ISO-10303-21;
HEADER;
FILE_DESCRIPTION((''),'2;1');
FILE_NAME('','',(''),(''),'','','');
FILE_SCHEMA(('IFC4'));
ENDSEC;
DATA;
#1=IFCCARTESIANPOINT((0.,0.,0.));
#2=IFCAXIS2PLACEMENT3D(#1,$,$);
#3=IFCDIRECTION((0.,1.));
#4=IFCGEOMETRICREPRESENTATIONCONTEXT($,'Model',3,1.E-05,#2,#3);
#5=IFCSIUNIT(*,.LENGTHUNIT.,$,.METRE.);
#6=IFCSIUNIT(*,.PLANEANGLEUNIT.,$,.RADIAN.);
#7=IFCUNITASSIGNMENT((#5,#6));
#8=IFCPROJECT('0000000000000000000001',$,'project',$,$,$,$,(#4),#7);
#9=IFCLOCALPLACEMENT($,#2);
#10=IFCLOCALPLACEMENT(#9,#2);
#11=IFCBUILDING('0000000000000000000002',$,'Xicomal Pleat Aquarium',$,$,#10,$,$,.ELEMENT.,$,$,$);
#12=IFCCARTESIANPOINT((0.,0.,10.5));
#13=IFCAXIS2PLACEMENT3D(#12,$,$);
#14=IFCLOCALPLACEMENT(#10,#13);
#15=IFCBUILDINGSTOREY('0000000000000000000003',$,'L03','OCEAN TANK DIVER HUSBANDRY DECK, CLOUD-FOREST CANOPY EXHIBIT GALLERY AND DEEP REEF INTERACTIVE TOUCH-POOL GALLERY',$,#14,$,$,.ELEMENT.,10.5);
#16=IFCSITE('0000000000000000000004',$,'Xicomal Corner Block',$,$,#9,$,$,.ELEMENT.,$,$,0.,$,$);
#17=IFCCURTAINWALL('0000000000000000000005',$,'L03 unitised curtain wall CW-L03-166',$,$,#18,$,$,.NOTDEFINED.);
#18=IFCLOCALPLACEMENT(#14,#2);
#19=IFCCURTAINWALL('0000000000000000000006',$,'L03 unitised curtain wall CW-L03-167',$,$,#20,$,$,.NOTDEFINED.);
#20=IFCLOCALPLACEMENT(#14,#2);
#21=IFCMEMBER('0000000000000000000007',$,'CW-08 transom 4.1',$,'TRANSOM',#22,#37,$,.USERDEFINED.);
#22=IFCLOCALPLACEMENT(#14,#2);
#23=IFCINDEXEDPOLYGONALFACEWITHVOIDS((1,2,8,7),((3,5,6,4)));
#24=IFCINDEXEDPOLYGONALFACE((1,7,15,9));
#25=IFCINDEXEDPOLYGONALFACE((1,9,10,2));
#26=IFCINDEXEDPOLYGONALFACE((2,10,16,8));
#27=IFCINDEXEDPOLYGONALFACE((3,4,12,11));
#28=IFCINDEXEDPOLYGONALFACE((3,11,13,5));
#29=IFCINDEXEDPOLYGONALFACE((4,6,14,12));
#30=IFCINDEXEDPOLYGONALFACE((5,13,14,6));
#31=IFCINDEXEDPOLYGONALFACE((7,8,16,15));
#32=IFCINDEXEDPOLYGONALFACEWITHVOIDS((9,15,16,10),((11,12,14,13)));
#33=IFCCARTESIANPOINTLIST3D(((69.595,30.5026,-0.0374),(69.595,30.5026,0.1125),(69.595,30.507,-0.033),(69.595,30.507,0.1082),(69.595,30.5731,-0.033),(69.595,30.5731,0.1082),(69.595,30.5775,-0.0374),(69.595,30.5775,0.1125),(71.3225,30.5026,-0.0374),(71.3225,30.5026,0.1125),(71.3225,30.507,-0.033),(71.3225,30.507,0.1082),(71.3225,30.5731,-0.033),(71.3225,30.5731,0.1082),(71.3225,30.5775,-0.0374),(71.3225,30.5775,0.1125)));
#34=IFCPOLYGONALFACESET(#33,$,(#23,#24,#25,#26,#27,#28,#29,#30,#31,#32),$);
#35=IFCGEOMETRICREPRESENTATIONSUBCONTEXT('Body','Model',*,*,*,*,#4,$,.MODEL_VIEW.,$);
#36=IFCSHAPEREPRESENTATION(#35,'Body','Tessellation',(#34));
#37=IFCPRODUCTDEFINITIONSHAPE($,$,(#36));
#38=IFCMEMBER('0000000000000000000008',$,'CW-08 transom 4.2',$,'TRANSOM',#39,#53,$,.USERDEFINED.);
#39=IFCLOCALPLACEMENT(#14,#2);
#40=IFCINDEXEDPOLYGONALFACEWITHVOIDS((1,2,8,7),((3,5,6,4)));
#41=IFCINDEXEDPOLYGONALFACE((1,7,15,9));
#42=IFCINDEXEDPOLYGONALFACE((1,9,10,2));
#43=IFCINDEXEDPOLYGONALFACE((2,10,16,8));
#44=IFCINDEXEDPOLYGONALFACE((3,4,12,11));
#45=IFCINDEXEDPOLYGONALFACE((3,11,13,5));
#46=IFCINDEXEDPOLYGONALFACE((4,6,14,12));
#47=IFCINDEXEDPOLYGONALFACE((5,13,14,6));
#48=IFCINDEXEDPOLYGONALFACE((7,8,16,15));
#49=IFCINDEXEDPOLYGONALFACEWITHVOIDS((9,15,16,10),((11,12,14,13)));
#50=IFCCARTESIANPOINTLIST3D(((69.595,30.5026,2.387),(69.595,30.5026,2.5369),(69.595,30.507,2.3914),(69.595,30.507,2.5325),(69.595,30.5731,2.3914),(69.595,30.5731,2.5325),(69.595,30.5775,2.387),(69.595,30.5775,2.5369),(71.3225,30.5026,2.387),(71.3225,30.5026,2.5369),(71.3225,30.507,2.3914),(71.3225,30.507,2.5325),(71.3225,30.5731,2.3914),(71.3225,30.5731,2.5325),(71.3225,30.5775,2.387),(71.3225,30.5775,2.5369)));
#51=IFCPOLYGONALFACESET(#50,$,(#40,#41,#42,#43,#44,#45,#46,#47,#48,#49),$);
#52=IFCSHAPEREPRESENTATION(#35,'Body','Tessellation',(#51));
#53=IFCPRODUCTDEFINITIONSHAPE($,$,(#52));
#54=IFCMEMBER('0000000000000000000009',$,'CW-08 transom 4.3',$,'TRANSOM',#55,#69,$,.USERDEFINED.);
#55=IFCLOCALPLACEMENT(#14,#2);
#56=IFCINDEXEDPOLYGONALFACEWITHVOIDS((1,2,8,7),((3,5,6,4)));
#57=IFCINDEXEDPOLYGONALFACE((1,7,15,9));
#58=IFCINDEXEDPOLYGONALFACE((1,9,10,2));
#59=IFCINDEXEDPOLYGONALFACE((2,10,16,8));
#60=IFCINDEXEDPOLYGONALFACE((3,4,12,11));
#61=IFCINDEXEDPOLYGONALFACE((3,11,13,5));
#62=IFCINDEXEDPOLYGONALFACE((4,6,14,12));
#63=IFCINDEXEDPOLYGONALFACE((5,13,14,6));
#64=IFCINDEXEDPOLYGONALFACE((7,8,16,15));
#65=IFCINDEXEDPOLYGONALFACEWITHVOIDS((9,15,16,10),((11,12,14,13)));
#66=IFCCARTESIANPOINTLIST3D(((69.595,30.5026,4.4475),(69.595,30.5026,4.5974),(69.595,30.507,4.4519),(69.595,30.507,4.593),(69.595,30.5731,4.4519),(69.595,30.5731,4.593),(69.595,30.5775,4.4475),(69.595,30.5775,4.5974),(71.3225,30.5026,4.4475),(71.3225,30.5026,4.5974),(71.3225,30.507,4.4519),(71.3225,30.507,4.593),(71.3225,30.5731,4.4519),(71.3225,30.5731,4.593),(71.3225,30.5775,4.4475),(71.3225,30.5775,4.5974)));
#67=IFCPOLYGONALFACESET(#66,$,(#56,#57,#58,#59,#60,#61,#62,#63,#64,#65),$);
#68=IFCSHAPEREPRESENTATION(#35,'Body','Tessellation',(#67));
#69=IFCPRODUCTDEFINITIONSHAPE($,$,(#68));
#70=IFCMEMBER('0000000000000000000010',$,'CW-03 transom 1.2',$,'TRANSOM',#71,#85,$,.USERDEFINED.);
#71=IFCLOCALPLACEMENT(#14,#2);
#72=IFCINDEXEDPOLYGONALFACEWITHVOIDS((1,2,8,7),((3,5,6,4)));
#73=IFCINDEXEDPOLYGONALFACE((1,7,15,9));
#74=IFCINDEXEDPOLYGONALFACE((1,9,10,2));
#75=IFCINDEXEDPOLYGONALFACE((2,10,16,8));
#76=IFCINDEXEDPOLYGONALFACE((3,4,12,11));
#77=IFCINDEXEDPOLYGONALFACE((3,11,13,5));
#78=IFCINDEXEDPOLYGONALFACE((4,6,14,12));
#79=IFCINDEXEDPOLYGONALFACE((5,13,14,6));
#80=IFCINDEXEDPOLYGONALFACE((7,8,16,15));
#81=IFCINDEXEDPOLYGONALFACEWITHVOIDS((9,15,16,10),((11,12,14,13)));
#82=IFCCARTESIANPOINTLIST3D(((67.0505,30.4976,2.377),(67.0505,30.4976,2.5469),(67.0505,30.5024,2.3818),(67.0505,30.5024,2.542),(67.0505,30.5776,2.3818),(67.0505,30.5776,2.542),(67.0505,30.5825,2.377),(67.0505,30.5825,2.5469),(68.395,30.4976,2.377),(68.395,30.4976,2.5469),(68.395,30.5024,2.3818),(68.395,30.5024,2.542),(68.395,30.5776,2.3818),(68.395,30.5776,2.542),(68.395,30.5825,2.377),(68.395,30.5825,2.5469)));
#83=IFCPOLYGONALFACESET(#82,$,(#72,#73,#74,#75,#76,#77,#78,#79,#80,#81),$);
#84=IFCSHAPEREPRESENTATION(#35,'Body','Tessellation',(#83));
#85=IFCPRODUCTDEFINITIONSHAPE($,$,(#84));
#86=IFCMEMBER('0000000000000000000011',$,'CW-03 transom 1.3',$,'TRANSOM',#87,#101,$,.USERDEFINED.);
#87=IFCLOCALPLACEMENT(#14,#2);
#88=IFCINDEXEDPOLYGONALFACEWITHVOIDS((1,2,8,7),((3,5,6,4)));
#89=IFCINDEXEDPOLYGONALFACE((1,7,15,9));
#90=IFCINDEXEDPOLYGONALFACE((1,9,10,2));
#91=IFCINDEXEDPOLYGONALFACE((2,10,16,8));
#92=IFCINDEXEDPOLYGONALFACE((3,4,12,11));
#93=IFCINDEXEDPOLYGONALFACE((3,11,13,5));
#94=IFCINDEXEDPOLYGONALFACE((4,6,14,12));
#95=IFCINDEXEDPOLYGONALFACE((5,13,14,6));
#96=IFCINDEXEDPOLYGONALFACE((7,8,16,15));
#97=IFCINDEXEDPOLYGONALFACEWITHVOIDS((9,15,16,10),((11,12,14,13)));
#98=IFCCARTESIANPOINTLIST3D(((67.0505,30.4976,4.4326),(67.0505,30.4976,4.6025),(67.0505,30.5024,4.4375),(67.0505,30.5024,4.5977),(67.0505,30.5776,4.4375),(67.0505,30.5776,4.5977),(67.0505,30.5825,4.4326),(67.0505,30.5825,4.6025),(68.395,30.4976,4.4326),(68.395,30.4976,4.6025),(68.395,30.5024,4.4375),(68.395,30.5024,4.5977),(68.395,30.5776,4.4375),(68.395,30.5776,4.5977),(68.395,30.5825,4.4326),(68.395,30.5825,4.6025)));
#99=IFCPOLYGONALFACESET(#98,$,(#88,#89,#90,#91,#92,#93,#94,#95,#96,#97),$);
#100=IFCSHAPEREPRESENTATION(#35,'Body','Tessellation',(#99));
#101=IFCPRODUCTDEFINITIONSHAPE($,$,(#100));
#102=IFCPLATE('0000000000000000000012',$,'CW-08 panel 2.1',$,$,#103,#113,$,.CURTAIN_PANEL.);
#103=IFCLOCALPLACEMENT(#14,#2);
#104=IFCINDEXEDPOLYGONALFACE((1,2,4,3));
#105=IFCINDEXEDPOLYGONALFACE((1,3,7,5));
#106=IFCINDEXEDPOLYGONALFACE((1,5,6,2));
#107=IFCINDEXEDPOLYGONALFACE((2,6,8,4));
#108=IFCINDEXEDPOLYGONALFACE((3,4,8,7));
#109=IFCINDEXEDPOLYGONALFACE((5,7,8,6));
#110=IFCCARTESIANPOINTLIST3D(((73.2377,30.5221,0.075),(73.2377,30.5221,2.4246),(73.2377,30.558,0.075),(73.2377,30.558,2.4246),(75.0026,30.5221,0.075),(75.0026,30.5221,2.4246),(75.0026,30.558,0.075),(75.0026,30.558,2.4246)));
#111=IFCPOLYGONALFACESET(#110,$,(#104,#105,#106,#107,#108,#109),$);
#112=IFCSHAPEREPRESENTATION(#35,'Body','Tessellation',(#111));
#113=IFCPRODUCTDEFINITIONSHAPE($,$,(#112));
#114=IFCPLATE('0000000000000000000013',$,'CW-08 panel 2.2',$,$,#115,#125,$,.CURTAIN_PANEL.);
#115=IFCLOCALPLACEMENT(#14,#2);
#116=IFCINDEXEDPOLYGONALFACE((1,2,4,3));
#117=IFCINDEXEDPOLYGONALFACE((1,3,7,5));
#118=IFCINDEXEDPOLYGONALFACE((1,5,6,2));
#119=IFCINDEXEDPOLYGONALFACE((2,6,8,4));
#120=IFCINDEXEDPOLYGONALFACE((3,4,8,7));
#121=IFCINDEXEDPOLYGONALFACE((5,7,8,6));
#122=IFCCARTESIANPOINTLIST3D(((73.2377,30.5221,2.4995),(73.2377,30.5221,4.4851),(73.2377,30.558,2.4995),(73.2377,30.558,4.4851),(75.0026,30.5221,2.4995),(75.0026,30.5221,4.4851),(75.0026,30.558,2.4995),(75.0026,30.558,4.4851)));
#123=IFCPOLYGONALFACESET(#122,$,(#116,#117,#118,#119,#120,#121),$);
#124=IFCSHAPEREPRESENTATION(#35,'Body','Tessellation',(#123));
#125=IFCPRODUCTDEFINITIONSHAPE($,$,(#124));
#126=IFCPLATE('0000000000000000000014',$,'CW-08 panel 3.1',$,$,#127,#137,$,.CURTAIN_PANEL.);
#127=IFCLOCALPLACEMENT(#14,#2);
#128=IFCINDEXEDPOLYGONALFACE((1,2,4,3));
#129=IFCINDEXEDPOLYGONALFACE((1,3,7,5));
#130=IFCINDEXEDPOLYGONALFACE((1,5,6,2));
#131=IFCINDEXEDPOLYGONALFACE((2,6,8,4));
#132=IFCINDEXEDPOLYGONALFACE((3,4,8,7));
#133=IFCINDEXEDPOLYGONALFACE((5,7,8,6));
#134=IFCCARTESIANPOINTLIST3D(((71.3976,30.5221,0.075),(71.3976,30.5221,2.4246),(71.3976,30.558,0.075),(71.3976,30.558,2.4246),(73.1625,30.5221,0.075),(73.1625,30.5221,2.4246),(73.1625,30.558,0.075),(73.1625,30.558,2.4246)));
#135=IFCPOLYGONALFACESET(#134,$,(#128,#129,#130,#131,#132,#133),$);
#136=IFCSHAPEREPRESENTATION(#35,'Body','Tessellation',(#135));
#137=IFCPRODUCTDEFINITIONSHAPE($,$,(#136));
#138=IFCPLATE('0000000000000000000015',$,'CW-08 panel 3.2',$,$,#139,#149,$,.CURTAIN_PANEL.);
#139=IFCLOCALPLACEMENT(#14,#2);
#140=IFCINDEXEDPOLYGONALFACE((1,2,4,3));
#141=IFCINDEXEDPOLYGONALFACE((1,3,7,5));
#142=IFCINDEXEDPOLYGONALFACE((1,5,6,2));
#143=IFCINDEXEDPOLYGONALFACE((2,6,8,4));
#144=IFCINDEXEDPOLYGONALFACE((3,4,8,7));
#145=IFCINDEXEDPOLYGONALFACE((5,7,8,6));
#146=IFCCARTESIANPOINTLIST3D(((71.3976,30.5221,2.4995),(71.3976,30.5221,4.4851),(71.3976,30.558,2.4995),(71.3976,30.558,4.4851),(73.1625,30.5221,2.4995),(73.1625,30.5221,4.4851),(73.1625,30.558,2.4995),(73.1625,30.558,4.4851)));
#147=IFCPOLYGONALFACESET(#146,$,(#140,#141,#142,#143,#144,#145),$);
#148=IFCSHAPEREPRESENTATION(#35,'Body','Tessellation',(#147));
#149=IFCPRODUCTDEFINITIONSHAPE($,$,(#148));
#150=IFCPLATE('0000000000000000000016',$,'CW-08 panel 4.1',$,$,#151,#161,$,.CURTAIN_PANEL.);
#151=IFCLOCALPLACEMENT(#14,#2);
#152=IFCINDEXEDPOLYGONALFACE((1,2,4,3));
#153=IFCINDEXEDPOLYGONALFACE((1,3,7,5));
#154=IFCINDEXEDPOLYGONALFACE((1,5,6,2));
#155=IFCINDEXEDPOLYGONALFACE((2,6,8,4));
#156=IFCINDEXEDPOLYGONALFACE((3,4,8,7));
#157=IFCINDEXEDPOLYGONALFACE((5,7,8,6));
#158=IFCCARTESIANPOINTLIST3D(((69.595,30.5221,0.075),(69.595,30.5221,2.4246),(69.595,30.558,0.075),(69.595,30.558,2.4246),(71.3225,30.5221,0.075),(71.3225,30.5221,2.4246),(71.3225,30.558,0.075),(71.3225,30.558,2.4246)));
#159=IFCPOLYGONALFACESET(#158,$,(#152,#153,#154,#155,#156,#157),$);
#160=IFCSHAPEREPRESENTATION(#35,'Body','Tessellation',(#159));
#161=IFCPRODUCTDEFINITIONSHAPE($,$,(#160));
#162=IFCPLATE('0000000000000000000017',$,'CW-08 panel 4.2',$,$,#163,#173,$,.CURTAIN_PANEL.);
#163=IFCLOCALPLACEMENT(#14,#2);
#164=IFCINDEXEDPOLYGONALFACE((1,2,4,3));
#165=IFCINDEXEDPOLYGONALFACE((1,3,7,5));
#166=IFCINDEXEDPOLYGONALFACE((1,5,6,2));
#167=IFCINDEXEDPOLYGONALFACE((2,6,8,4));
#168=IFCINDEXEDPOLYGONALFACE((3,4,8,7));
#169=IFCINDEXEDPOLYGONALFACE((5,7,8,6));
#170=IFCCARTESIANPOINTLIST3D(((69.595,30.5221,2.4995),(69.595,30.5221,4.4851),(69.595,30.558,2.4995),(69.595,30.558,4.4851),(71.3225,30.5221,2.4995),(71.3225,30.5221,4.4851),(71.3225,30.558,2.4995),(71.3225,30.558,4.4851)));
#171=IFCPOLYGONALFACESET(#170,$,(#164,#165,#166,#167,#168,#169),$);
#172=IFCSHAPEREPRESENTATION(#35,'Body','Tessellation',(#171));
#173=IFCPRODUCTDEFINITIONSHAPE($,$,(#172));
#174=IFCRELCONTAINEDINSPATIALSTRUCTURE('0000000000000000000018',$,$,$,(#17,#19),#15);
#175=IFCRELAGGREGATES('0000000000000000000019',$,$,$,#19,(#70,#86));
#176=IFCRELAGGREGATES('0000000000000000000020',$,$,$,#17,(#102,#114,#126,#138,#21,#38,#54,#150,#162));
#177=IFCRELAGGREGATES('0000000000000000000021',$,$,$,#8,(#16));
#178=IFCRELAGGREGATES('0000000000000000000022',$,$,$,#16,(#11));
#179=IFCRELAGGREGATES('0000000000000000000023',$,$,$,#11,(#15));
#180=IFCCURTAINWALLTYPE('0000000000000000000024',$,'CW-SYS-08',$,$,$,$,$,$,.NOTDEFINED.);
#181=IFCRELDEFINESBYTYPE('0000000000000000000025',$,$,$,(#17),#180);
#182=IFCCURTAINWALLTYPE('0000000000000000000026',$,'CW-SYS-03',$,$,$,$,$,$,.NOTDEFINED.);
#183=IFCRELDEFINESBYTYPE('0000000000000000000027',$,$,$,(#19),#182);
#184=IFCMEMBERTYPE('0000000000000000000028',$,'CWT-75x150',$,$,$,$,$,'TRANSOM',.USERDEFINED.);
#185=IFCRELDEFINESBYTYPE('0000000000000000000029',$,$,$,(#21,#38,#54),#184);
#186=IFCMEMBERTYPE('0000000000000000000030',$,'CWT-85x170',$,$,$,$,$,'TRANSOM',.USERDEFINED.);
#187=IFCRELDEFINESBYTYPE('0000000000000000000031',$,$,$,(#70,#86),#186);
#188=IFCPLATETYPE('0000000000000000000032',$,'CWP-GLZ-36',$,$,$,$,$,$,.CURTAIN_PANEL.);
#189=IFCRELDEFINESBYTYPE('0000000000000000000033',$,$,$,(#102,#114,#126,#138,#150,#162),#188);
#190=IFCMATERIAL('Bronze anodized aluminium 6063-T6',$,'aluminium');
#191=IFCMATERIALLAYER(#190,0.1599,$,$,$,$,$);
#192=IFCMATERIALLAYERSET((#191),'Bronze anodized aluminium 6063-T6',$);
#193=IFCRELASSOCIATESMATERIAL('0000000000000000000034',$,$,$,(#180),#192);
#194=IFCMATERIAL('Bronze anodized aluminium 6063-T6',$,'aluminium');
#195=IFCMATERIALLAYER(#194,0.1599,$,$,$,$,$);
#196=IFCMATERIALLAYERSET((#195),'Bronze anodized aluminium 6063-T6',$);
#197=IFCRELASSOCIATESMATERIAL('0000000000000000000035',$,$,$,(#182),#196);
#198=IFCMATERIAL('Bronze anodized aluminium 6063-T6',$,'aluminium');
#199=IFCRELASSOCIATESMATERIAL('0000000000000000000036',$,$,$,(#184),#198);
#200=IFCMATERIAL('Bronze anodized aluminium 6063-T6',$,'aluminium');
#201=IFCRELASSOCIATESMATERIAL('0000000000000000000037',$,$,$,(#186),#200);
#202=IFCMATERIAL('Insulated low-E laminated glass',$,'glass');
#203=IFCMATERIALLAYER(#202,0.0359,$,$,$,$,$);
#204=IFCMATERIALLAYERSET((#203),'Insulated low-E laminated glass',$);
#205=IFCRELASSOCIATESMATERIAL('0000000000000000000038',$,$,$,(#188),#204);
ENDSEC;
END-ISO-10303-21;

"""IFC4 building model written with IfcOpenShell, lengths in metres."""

from ifc_helpers import new_model, si_unit, direction, frame, origin, origin_2d, place, context, subcontext, project, spatial, rectangle, hollow_rectangle, extrude, material, layer, layer_set, material_profile, profile_set, type_object, element, aggregate, save


model = new_model("IFC4")

# Units and contexts
model_context = context("Model", 3, precision=1e-05, world=origin(), true_north=direction((0.0, 1.0)))
body_context = subcontext(model_context, "Body", "Model", "MODEL_VIEW")
ifc_project = project(units=[si_unit("LENGTHUNIT", "METRE"), si_unit("PLANEANGLEUNIT", "RADIAN")], contexts=[model_context])

# Site, building, storey
site_placement = place(None, origin())
site = spatial("IfcSite", under=ifc_project, at=site_placement, Name="Xicomal Corner Block", CompositionType="ELEMENT", RefElevation=0.0)
building_placement = place(site_placement, origin())
building = spatial("IfcBuilding", under=site, at=building_placement, Name="Xicomal Pleat Aquarium", CompositionType="ELEMENT")
storey_placement = place(building_placement, frame((0.0, 0.0, 10.5)))
storey = spatial("IfcBuildingStorey", under=building, at=storey_placement, Name="L03", Description="OCEAN TANK DIVER HUSBANDRY DECK, CLOUD-FOREST CANOPY EXHIBIT GALLERY AND DEEP REEF INTERACTIVE TOUCH-POOL GALLERY", CompositionType="ELEMENT", Elevation=10.5)

# Curtain wall
ifc_material_1 = material(Name="Bronze anodized aluminium 6063-T6", Category="aluminium")
ifc_layer_1 = layer(ifc_material_1, 0.1599)
ifc_layer_set_1 = layer_set([ifc_layer_1], Name="Bronze anodized aluminium 6063-T6")
curtain_wall_type_1 = type_object("IfcCurtainWallType", Name="CW-SYS-08", PredefinedType="NOTDEFINED", material=ifc_layer_set_1)
curtain_wall_1_placement = place(storey_placement, origin())
curtain_wall_1 = element("IfcCurtainWall", 1, at=curtain_wall_1_placement, inside=storey, type_object=curtain_wall_type_1, Name="L03 unitised curtain wall CW-L03-166", PredefinedType="NOTDEFINED")

# Curtain wall
ifc_material_2 = material(Name="Bronze anodized aluminium 6063-T6", Category="aluminium")
ifc_layer_2 = layer(ifc_material_2, 0.1599)
ifc_layer_set_2 = layer_set([ifc_layer_2], Name="Bronze anodized aluminium 6063-T6")
curtain_wall_type_2 = type_object("IfcCurtainWallType", Name="CW-SYS-03", PredefinedType="NOTDEFINED", material=ifc_layer_set_2)
curtain_wall_2_placement = place(storey_placement, origin())
curtain_wall_2 = element("IfcCurtainWall", 2, at=curtain_wall_2_placement, inside=storey, type_object=curtain_wall_type_2, Name="L03 unitised curtain wall CW-L03-167", PredefinedType="NOTDEFINED")

# Members
ifc_material_3 = material(Name="Bronze anodized aluminium 6063-T6", Category="aluminium")
ifc_material_profile_1 = material_profile(ifc_material_3, hollow_rectangle(XDim=0.075, YDim=0.1499, WallThickness=0.0044, at=origin_2d()), Name="ALU TRAN 75x150")
ifc_profile_set_1 = profile_set([ifc_material_profile_1], Name="Bronze anodized aluminium 6063-T6")
member_type_1 = type_object("IfcMemberType", Name="CWT-75x150", ElementType="TRANSOM", PredefinedType="USERDEFINED", material=ifc_profile_set_1)
member_1_placement = place(storey_placement, frame((71.3225, 30.54, 0.0376), z_axis=(-1.0, 0.0, 0.0), x_axis=(0.0, -1.0, 0.0)))
member_1 = element("IfcMember", 3, at=member_1_placement, type_object=member_type_1, Name="CW-08 transom 4.1", ObjectType="TRANSOM", PredefinedType="USERDEFINED", context=body_context, shape_type="SweptSolid", body=[
    extrude(hollow_rectangle(XDim=0.075, YDim=0.1499, WallThickness=0.0044, at=origin_2d()), origin(), (0.0, 0.0, 1.0), 1.7275),
])
member_2_placement = place(storey_placement, frame((71.3225, 30.54, 2.4619), z_axis=(-1.0, 0.0, 0.0), x_axis=(0.0, -1.0, 0.0)))
member_2 = element("IfcMember", 4, at=member_2_placement, type_object=member_type_1, Name="CW-08 transom 4.2", ObjectType="TRANSOM", PredefinedType="USERDEFINED", context=body_context, shape_type="SweptSolid", body=[
    extrude(hollow_rectangle(XDim=0.075, YDim=0.1499, WallThickness=0.0044, at=origin_2d()), origin(), (0.0, 0.0, 1.0), 1.7275),
])
member_3_placement = place(storey_placement, frame((71.3225, 30.54, 4.5225), z_axis=(-1.0, 0.0, 0.0), x_axis=(0.0, -1.0, 0.0)))
member_3 = element("IfcMember", 5, at=member_3_placement, type_object=member_type_1, Name="CW-08 transom 4.3", ObjectType="TRANSOM", PredefinedType="USERDEFINED", context=body_context, shape_type="SweptSolid", body=[
    extrude(hollow_rectangle(XDim=0.075, YDim=0.1499, WallThickness=0.0044, at=origin_2d()), origin(), (0.0, 0.0, 1.0), 1.7275),
])
ifc_material_4 = material(Name="Bronze anodized aluminium 6063-T6", Category="aluminium")
ifc_material_profile_2 = material_profile(ifc_material_4, hollow_rectangle(XDim=0.085, YDim=0.1699, WallThickness=0.0049, at=origin_2d()), Name="ALU TRAN 85x170")
ifc_profile_set_2 = profile_set([ifc_material_profile_2], Name="Bronze anodized aluminium 6063-T6")
member_type_2 = type_object("IfcMemberType", Name="CWT-85x170", ElementType="TRANSOM", PredefinedType="USERDEFINED", material=ifc_profile_set_2)
member_4_placement = place(storey_placement, frame((68.395, 30.54, 2.4619), z_axis=(-1.0, 0.0, 0.0), x_axis=(0.0, -1.0, 0.0)))
member_4 = element("IfcMember", 6, at=member_4_placement, type_object=member_type_2, Name="CW-03 transom 1.2", ObjectType="TRANSOM", PredefinedType="USERDEFINED", context=body_context, shape_type="SweptSolid", body=[
    extrude(hollow_rectangle(XDim=0.085, YDim=0.1699, WallThickness=0.0049, at=origin_2d()), origin(), (0.0, 0.0, 1.0), 1.3445),
])
member_5_placement = place(storey_placement, frame((68.395, 30.54, 4.5176), z_axis=(-1.0, 0.0, 0.0), x_axis=(0.0, -1.0, 0.0)))
member_5 = element("IfcMember", 7, at=member_5_placement, type_object=member_type_2, Name="CW-03 transom 1.3", ObjectType="TRANSOM", PredefinedType="USERDEFINED", context=body_context, shape_type="SweptSolid", body=[
    extrude(hollow_rectangle(XDim=0.085, YDim=0.1699, WallThickness=0.0049, at=origin_2d()), origin(), (0.0, 0.0, 1.0), 1.3445),
])
aggregate(curtain_wall_2, [member_4, member_5])

# Plates
ifc_material_5 = material(Name="Insulated low-E laminated glass", Category="glass")
ifc_layer_3 = layer(ifc_material_5, 0.0359)
ifc_layer_set_3 = layer_set([ifc_layer_3], Name="Insulated low-E laminated glass")
plate_type = type_object("IfcPlateType", Name="CWP-GLZ-36", PredefinedType="CURTAIN_PANEL", material=ifc_layer_set_3)
plate_1_placement = place(storey_placement, frame((74.1201, 30.54, 0.075), z_axis=(0.0, 0.0, 1.0), x_axis=(-1.0, 0.0, 0.0)))
plate_1 = element("IfcPlate", 8, at=plate_1_placement, type_object=plate_type, Name="CW-08 panel 2.1", PredefinedType="CURTAIN_PANEL", context=body_context, shape_type="SweptSolid", body=[
    extrude(rectangle(XDim=1.7649, YDim=0.0359, at=origin_2d()), origin(), (0.0, 0.0, 1.0), 2.3496),
])
plate_2_placement = place(storey_placement, frame((74.1201, 30.54, 2.4995), z_axis=(0.0, 0.0, 1.0), x_axis=(-1.0, 0.0, 0.0)))
plate_2 = element("IfcPlate", 9, at=plate_2_placement, type_object=plate_type, Name="CW-08 panel 2.2", PredefinedType="CURTAIN_PANEL", context=body_context, shape_type="SweptSolid", body=[
    extrude(rectangle(XDim=1.7649, YDim=0.0359, at=origin_2d()), origin(), (0.0, 0.0, 1.0), 1.9856),
])
plate_3_placement = place(storey_placement, frame((72.28, 30.54, 0.075), z_axis=(0.0, 0.0, 1.0), x_axis=(-1.0, 0.0, 0.0)))
plate_3 = element("IfcPlate", 10, at=plate_3_placement, type_object=plate_type, Name="CW-08 panel 3.1", PredefinedType="CURTAIN_PANEL", context=body_context, shape_type="SweptSolid", body=[
    extrude(rectangle(XDim=1.7649, YDim=0.0359, at=origin_2d()), origin(), (0.0, 0.0, 1.0), 2.3496),
])
plate_4_placement = place(storey_placement, frame((72.28, 30.54, 2.4995), z_axis=(0.0, 0.0, 1.0), x_axis=(-1.0, 0.0, 0.0)))
plate_4 = element("IfcPlate", 11, at=plate_4_placement, type_object=plate_type, Name="CW-08 panel 3.2", PredefinedType="CURTAIN_PANEL", context=body_context, shape_type="SweptSolid", body=[
    extrude(rectangle(XDim=1.7649, YDim=0.0359, at=origin_2d()), origin(), (0.0, 0.0, 1.0), 1.9856),
])
plate_5_placement = place(storey_placement, frame((70.4587, 30.54, 0.075), z_axis=(0.0, 0.0, 1.0), x_axis=(-1.0, 0.0, 0.0)))
plate_5 = element("IfcPlate", 12, at=plate_5_placement, type_object=plate_type, Name="CW-08 panel 4.1", PredefinedType="CURTAIN_PANEL", context=body_context, shape_type="SweptSolid", body=[
    extrude(rectangle(XDim=1.7275, YDim=0.0359, at=origin_2d()), origin(), (0.0, 0.0, 1.0), 2.3496),
])
plate_6_placement = place(storey_placement, frame((70.4587, 30.54, 2.4995), z_axis=(0.0, 0.0, 1.0), x_axis=(-1.0, 0.0, 0.0)))
plate_6 = element("IfcPlate", 13, at=plate_6_placement, type_object=plate_type, Name="CW-08 panel 4.2", PredefinedType="CURTAIN_PANEL", context=body_context, shape_type="SweptSolid", body=[
    extrude(rectangle(XDim=1.7275, YDim=0.0359, at=origin_2d()), origin(), (0.0, 0.0, 1.0), 1.9856),
])
aggregate(curtain_wall_1, [plate_1, plate_2, plate_3, plate_4, member_1, member_2, member_3, plate_5, plate_6])

save(model, "model.ifc")
